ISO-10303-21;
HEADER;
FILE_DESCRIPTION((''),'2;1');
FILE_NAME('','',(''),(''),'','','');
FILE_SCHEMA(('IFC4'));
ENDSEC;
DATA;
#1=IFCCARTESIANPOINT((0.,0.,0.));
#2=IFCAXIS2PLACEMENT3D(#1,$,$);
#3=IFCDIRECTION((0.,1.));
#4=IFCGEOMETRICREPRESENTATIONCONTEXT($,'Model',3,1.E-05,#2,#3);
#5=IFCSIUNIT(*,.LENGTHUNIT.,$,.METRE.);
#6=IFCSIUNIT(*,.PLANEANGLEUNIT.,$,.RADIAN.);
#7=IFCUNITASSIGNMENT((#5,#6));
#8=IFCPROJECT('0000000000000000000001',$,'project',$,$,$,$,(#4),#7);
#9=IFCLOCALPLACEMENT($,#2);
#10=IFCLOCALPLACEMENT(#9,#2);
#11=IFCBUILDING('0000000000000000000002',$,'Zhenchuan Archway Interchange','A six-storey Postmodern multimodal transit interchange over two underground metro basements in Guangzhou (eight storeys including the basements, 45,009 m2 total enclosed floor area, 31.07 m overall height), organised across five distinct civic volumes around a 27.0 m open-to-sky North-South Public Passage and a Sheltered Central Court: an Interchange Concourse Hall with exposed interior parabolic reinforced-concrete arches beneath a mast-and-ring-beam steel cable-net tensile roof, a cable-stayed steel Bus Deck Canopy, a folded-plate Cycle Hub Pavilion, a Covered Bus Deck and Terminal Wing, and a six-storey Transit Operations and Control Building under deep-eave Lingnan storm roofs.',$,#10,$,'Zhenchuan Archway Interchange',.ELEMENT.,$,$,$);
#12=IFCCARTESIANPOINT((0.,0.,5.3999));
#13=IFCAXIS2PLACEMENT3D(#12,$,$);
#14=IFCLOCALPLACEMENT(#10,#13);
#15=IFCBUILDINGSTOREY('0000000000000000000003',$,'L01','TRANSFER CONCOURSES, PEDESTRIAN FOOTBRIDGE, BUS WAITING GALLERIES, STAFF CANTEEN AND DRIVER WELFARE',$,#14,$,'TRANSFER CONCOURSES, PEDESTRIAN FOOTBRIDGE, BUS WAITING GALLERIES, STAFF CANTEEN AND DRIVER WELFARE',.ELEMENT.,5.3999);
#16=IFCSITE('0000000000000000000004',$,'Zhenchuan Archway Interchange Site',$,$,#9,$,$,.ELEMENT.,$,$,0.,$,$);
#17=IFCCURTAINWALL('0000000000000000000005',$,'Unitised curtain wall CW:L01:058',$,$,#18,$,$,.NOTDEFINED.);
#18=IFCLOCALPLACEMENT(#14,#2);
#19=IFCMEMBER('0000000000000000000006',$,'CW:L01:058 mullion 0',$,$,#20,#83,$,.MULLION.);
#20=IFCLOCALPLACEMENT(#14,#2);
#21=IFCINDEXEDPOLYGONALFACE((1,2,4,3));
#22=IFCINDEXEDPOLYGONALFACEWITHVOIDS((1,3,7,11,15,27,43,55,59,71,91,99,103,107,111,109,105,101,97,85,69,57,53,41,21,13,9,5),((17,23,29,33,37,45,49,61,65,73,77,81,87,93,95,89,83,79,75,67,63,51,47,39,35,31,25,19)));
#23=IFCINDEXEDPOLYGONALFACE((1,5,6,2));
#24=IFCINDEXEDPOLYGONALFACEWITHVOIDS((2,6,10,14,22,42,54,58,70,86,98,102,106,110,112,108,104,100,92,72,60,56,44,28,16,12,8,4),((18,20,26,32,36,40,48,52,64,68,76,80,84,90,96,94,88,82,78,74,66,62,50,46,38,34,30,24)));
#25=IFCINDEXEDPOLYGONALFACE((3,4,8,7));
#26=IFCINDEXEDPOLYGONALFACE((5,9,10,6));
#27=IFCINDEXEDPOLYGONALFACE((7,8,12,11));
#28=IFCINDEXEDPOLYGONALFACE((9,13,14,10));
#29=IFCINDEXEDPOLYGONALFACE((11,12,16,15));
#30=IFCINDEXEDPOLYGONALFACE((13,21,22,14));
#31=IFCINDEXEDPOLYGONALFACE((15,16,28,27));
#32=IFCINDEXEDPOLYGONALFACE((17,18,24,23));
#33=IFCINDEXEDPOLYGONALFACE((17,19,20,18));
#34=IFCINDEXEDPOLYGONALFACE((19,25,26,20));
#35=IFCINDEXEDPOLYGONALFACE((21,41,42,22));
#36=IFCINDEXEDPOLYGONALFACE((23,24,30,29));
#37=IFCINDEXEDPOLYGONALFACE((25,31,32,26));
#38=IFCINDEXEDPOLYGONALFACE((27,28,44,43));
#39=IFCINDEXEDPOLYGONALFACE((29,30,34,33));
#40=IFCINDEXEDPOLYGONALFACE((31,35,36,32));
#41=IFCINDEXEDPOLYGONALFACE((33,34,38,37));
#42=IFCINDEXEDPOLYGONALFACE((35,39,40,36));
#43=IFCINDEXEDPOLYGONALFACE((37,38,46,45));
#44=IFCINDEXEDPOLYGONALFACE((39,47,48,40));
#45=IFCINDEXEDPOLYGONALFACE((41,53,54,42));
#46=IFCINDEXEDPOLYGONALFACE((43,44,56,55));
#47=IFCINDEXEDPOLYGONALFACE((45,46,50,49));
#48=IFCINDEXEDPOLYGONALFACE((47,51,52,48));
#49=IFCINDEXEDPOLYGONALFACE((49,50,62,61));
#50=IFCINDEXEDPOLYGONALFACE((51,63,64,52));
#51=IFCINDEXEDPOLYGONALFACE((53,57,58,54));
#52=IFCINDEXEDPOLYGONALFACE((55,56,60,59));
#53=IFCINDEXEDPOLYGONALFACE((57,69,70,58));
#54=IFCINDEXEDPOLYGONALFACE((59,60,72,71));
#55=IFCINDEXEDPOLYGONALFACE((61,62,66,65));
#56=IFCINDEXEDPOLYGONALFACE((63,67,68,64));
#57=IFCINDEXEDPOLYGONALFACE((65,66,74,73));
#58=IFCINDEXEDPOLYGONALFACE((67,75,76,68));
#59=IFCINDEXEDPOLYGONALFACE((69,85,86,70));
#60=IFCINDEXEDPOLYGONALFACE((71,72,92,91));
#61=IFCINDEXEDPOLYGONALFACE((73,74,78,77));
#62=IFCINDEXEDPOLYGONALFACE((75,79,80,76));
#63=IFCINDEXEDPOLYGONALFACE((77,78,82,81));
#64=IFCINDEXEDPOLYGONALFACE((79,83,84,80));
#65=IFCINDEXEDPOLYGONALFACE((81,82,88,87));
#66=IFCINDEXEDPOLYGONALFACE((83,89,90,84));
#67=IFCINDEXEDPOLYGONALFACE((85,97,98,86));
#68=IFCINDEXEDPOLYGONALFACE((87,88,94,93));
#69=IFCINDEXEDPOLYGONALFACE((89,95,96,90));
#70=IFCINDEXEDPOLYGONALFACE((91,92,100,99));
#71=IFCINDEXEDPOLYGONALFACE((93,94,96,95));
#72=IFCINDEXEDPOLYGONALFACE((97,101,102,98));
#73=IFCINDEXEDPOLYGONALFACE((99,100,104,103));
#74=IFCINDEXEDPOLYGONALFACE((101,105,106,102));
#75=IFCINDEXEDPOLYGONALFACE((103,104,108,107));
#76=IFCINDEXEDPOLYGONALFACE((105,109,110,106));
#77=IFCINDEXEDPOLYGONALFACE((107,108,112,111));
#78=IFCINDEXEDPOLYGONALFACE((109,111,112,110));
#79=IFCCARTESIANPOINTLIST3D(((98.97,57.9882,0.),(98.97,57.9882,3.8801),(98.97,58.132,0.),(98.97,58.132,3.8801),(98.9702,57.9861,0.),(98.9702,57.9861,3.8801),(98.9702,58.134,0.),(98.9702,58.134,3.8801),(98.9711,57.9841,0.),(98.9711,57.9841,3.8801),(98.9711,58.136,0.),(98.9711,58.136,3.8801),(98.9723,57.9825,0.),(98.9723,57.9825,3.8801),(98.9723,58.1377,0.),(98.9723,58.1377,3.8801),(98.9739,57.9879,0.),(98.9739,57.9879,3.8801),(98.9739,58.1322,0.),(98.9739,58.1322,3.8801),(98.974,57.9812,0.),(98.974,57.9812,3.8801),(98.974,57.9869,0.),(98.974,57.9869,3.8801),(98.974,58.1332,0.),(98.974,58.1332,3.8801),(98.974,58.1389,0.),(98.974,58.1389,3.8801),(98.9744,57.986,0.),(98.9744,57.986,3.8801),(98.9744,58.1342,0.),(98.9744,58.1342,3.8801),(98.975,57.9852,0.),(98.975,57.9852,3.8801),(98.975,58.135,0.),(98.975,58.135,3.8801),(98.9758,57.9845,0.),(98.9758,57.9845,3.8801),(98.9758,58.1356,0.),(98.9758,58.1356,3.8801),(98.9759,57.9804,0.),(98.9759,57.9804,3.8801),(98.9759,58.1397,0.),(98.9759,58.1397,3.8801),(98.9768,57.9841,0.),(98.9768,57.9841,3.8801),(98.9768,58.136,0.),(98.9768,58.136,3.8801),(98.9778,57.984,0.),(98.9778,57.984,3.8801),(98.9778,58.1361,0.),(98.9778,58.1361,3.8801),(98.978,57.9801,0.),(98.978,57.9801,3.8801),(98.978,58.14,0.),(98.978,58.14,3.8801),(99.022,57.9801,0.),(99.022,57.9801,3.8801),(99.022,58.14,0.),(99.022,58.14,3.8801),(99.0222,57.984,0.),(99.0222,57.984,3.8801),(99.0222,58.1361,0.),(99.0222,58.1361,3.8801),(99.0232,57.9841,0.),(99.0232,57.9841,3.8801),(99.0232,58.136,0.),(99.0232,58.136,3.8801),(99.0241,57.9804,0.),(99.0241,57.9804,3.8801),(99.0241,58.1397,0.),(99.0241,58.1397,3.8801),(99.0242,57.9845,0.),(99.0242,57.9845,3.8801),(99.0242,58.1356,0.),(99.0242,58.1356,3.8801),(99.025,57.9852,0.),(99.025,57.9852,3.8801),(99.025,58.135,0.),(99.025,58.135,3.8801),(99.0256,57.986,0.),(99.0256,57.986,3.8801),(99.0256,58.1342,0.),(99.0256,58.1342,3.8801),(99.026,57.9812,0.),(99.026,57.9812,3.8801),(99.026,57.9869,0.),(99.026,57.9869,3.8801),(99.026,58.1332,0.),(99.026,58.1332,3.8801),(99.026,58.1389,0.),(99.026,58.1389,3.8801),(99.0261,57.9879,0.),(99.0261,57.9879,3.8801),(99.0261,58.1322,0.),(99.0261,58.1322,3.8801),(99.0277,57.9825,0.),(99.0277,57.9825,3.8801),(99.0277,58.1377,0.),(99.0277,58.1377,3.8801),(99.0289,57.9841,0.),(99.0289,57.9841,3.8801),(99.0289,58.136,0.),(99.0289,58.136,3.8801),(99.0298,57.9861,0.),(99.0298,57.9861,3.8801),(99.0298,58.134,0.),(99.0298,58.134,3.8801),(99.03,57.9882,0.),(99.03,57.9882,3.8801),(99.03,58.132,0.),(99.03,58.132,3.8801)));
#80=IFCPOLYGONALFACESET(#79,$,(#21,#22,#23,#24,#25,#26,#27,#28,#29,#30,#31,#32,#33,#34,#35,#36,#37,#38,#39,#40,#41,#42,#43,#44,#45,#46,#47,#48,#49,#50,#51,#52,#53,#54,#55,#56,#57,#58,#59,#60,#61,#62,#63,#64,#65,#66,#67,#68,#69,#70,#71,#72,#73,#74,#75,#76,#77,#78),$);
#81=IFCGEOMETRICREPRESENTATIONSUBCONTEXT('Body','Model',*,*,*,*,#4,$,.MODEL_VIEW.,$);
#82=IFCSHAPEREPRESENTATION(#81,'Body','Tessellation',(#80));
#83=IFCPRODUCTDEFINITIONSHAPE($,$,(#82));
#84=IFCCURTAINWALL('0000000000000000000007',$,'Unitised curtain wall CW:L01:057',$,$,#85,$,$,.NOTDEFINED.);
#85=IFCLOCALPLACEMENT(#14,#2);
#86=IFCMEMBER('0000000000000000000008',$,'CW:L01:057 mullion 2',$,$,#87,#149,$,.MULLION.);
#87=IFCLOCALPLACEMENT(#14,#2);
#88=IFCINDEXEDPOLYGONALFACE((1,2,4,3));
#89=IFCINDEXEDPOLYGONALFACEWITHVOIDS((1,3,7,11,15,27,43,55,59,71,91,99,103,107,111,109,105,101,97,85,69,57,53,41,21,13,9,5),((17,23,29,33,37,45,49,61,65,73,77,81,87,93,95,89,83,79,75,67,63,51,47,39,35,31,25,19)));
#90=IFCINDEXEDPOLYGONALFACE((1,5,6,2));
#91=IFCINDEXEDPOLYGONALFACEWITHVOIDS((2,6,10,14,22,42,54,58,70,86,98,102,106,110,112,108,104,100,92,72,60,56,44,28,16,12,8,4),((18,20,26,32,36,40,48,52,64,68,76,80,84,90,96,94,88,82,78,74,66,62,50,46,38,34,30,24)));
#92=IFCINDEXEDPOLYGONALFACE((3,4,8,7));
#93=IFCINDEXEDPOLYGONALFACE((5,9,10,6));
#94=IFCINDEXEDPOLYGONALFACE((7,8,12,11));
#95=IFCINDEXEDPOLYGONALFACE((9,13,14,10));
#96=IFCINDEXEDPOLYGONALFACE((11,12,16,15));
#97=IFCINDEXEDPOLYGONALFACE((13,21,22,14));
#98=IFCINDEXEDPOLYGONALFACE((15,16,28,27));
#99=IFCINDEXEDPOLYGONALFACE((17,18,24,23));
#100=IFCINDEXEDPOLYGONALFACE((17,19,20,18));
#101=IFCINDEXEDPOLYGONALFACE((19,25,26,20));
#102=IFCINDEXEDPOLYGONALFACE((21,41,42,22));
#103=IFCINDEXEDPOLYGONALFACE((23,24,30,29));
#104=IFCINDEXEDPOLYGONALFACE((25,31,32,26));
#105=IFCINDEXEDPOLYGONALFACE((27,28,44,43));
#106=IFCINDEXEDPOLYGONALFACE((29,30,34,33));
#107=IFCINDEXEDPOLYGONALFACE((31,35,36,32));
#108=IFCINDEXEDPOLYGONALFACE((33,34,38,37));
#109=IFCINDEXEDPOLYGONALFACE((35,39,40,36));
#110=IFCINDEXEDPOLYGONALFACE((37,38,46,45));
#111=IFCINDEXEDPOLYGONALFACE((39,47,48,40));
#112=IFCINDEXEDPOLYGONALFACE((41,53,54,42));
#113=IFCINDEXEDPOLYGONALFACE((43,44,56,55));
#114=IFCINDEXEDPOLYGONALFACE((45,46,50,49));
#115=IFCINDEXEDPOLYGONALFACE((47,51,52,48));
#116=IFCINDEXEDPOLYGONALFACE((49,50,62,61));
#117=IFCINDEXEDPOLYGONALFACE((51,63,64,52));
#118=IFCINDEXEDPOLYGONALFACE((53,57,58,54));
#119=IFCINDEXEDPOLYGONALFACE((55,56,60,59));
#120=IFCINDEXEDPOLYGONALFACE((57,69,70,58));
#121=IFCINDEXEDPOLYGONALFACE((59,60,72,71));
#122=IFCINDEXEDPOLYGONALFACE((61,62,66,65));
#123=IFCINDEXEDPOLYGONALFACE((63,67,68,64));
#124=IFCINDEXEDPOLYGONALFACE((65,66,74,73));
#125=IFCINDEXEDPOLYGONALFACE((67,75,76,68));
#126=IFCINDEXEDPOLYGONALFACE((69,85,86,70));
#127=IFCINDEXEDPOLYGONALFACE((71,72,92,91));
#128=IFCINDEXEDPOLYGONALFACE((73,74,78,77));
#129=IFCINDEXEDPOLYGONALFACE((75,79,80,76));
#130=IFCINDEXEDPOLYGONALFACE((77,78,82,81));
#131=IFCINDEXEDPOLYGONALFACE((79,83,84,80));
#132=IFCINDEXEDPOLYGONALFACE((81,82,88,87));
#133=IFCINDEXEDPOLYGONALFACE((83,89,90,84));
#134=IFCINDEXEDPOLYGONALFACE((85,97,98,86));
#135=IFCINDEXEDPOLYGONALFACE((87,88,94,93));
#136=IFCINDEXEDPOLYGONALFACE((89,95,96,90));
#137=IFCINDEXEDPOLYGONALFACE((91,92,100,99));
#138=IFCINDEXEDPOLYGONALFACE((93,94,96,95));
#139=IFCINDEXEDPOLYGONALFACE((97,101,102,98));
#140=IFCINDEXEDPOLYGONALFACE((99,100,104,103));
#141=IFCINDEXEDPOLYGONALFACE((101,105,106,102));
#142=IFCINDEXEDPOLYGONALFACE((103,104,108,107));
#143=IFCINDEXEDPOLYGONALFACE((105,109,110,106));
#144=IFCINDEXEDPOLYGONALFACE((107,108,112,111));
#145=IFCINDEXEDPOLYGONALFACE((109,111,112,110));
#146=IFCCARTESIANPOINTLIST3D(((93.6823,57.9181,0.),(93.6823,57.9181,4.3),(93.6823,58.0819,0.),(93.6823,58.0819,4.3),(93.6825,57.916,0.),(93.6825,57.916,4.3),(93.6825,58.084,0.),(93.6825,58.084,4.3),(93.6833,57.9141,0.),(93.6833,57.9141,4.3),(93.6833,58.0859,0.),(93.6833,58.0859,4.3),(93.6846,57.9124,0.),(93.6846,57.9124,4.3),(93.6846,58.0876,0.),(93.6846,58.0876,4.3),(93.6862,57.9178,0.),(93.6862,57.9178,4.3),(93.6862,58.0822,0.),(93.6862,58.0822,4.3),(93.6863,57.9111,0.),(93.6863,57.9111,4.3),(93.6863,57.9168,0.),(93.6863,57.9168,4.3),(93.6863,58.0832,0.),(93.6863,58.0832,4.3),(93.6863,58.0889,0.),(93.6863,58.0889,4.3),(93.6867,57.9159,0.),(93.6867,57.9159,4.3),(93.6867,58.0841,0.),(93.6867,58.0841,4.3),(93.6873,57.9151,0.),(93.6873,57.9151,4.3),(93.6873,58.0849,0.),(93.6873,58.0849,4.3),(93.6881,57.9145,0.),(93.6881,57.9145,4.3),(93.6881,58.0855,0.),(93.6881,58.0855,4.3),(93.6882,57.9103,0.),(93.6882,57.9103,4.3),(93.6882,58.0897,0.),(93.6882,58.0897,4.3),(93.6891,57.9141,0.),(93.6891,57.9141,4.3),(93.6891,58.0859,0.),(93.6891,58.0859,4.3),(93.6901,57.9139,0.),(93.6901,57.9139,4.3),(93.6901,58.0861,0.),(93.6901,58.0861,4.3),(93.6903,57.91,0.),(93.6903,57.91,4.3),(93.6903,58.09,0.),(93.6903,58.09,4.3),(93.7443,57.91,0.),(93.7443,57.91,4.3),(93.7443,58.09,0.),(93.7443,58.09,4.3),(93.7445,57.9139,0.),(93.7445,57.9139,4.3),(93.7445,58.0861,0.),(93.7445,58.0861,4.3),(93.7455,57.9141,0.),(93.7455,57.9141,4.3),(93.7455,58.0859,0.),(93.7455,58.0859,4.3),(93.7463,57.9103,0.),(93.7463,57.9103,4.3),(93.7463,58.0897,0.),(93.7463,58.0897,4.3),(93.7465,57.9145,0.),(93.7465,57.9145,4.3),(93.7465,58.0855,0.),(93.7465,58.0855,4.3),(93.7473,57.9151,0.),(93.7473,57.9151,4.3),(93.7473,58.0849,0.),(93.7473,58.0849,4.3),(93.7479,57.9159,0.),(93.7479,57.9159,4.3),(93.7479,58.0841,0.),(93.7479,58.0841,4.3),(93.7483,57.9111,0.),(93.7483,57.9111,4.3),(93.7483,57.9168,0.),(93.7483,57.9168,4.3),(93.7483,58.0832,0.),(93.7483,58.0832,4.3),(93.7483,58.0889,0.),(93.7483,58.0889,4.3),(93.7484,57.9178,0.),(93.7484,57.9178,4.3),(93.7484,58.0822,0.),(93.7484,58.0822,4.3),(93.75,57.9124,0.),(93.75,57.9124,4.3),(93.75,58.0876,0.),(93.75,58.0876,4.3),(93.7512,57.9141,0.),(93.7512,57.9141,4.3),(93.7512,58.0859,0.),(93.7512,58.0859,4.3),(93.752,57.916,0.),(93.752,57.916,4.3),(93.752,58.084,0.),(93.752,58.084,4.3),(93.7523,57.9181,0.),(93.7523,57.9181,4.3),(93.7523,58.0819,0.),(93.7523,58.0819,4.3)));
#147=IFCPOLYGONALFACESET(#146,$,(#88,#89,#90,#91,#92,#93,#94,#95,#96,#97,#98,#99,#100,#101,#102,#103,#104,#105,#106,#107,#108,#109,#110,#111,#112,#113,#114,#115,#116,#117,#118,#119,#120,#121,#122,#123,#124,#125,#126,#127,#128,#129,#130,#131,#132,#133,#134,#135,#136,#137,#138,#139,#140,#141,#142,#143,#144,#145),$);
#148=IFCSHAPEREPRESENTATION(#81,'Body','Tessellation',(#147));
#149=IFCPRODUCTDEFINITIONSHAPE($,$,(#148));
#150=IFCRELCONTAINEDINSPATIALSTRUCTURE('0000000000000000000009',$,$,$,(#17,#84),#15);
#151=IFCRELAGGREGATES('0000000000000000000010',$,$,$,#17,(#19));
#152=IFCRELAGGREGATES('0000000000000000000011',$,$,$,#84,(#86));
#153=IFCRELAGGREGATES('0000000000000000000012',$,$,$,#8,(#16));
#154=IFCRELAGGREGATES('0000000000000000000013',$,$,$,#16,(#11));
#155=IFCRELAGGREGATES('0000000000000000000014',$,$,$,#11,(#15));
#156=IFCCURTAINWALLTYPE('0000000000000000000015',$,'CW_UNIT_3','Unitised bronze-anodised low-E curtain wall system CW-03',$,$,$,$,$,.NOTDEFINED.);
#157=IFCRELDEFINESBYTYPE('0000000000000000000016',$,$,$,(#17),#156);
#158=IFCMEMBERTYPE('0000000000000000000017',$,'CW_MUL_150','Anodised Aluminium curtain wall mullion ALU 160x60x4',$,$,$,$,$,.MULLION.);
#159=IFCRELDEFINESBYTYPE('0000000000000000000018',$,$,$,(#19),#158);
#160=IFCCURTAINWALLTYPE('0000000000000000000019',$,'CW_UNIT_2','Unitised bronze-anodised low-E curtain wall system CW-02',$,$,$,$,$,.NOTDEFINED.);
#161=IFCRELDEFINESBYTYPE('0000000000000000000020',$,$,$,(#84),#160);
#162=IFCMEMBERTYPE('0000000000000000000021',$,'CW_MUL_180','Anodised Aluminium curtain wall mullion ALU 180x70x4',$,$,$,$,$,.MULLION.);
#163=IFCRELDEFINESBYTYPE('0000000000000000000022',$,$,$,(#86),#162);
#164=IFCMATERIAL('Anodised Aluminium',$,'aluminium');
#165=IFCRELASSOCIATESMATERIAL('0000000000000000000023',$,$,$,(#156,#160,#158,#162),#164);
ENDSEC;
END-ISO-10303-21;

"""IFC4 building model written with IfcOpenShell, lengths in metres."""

from ifc_helpers import new_model, si_unit, direction, frame, origin, origin_2d, place, context, subcontext, project, spatial, hollow_rectangle, extrude, material, material_profile, profile_set, type_object, element, aggregate, save


model = new_model("IFC4")

# Units and contexts
model_context = context("Model", 3, precision=1e-05, world=origin(), true_north=direction((0.0, 1.0)))
body_context = subcontext(model_context, "Body", "Model", "MODEL_VIEW")
ifc_project = project(units=[si_unit("LENGTHUNIT", "METRE"), si_unit("PLANEANGLEUNIT", "RADIAN")], contexts=[model_context])

# Site, building, storey
site_placement = place(None, origin())
site = spatial("IfcSite", under=ifc_project, at=site_placement, Name="Zhenchuan Archway Interchange Site", CompositionType="ELEMENT", RefElevation=0.0)
building_placement = place(site_placement, origin())
building = spatial("IfcBuilding", under=site, at=building_placement, Name="Zhenchuan Archway Interchange", Description="A six-storey Postmodern multimodal transit interchange over two underground metro basements in Guangzhou (eight storeys including the basements, 45,009 m2 total enclosed floor area, 31.07 m overall height), organised across five distinct civic volumes around a 27.0 m open-to-sky North-South Public Passage and a Sheltered Central Court: an Interchange Concourse Hall with exposed interior parabolic reinforced-concrete arches beneath a mast-and-ring-beam steel cable-net tensile roof, a cable-stayed steel Bus Deck Canopy, a folded-plate Cycle Hub Pavilion, a Covered Bus Deck and Terminal Wing, and a six-storey Transit Operations and Control Building under deep-eave Lingnan storm roofs.", LongName="Zhenchuan Archway Interchange", CompositionType="ELEMENT")
storey_placement = place(building_placement, frame((0.0, 0.0, 5.3999)))
storey = spatial("IfcBuildingStorey", under=building, at=storey_placement, Name="L01", Description="TRANSFER CONCOURSES, PEDESTRIAN FOOTBRIDGE, BUS WAITING GALLERIES, STAFF CANTEEN AND DRIVER WELFARE", LongName="TRANSFER CONCOURSES, PEDESTRIAN FOOTBRIDGE, BUS WAITING GALLERIES, STAFF CANTEEN AND DRIVER WELFARE", CompositionType="ELEMENT", Elevation=5.3999)

# Curtain wall, member
ifc_material_1 = material(Name="Anodised Aluminium", Category="aluminium")
curtain_wall_type_1 = type_object("IfcCurtainWallType", Name="CW_UNIT_3", Description="Unitised bronze-anodised low-E curtain wall system CW-03", PredefinedType="NOTDEFINED", material=ifc_material_1)
curtain_wall_1_placement = place(storey_placement, origin())
curtain_wall_1 = element("IfcCurtainWall", 1, at=curtain_wall_1_placement, inside=storey, type_object=curtain_wall_type_1, Name="Unitised curtain wall CW:L01:058", PredefinedType="NOTDEFINED")
ifc_material_profile_1 = material_profile(ifc_material_1, hollow_rectangle(XDim=0.0601, YDim=0.1599, WallThickness=0.0039, InnerFilletRadius=0.0039, OuterFilletRadius=0.0081, at=origin_2d()), Name="ALU 160x60x4")
ifc_profile_set_1 = profile_set([ifc_material_profile_1], Name="Anodised Aluminium")
member_type_1 = type_object("IfcMemberType", Name="CW_MUL_150", Description="Anodised Aluminium curtain wall mullion ALU 160x60x4", PredefinedType="MULLION", material=ifc_profile_set_1)
member_1_placement = place(storey_placement, frame((99.0, 58.0601, 0.0), z_axis=(0.0, 0.0, 1.0), x_axis=(1.0, 0.0, 0.0)))
member_1 = element("IfcMember", 2, at=member_1_placement, type_object=member_type_1, Name="CW:L01:058 mullion 0", PredefinedType="MULLION", context=body_context, shape_type="SweptSolid", body=[
    extrude(hollow_rectangle(XDim=0.0601, YDim=0.1599, WallThickness=0.0039, InnerFilletRadius=0.0039, OuterFilletRadius=0.0081, at=origin_2d()), origin(), (0.0, 0.0, 1.0), 3.8801),
])

# Curtain wall, member
curtain_wall_type_2 = type_object("IfcCurtainWallType", Name="CW_UNIT_2", Description="Unitised bronze-anodised low-E curtain wall system CW-02", PredefinedType="NOTDEFINED", material=ifc_material_1)
curtain_wall_2_placement = place(storey_placement, origin())
curtain_wall_2 = element("IfcCurtainWall", 3, at=curtain_wall_2_placement, inside=storey, type_object=curtain_wall_type_2, Name="Unitised curtain wall CW:L01:057", PredefinedType="NOTDEFINED")
ifc_material_profile_2 = material_profile(ifc_material_1, hollow_rectangle(XDim=0.0701, YDim=0.1799, WallThickness=0.0039, InnerFilletRadius=0.0039, OuterFilletRadius=0.0081, at=origin_2d()), Name="ALU 180x70x4")
ifc_profile_set_2 = profile_set([ifc_material_profile_2], Name="Anodised Aluminium")
member_type_2 = type_object("IfcMemberType", Name="CW_MUL_180", Description="Anodised Aluminium curtain wall mullion ALU 180x70x4", PredefinedType="MULLION", material=ifc_profile_set_2)
member_2_placement = place(storey_placement, frame((93.7173, 58.0, 0.0), z_axis=(0.0, 0.0, 1.0), x_axis=(1.0, 0.0, 0.0)))
member_2 = element("IfcMember", 4, at=member_2_placement, type_object=member_type_2, Name="CW:L01:057 mullion 2", PredefinedType="MULLION", context=body_context, shape_type="SweptSolid", body=[
    extrude(hollow_rectangle(XDim=0.0701, YDim=0.1799, WallThickness=0.0039, InnerFilletRadius=0.0039, OuterFilletRadius=0.0081, at=origin_2d()), origin(), (0.0, 0.0, 1.0), 4.3),
])

aggregate(curtain_wall_1, [member_1])

aggregate(curtain_wall_2, [member_2])

save(model, "model.ifc")
